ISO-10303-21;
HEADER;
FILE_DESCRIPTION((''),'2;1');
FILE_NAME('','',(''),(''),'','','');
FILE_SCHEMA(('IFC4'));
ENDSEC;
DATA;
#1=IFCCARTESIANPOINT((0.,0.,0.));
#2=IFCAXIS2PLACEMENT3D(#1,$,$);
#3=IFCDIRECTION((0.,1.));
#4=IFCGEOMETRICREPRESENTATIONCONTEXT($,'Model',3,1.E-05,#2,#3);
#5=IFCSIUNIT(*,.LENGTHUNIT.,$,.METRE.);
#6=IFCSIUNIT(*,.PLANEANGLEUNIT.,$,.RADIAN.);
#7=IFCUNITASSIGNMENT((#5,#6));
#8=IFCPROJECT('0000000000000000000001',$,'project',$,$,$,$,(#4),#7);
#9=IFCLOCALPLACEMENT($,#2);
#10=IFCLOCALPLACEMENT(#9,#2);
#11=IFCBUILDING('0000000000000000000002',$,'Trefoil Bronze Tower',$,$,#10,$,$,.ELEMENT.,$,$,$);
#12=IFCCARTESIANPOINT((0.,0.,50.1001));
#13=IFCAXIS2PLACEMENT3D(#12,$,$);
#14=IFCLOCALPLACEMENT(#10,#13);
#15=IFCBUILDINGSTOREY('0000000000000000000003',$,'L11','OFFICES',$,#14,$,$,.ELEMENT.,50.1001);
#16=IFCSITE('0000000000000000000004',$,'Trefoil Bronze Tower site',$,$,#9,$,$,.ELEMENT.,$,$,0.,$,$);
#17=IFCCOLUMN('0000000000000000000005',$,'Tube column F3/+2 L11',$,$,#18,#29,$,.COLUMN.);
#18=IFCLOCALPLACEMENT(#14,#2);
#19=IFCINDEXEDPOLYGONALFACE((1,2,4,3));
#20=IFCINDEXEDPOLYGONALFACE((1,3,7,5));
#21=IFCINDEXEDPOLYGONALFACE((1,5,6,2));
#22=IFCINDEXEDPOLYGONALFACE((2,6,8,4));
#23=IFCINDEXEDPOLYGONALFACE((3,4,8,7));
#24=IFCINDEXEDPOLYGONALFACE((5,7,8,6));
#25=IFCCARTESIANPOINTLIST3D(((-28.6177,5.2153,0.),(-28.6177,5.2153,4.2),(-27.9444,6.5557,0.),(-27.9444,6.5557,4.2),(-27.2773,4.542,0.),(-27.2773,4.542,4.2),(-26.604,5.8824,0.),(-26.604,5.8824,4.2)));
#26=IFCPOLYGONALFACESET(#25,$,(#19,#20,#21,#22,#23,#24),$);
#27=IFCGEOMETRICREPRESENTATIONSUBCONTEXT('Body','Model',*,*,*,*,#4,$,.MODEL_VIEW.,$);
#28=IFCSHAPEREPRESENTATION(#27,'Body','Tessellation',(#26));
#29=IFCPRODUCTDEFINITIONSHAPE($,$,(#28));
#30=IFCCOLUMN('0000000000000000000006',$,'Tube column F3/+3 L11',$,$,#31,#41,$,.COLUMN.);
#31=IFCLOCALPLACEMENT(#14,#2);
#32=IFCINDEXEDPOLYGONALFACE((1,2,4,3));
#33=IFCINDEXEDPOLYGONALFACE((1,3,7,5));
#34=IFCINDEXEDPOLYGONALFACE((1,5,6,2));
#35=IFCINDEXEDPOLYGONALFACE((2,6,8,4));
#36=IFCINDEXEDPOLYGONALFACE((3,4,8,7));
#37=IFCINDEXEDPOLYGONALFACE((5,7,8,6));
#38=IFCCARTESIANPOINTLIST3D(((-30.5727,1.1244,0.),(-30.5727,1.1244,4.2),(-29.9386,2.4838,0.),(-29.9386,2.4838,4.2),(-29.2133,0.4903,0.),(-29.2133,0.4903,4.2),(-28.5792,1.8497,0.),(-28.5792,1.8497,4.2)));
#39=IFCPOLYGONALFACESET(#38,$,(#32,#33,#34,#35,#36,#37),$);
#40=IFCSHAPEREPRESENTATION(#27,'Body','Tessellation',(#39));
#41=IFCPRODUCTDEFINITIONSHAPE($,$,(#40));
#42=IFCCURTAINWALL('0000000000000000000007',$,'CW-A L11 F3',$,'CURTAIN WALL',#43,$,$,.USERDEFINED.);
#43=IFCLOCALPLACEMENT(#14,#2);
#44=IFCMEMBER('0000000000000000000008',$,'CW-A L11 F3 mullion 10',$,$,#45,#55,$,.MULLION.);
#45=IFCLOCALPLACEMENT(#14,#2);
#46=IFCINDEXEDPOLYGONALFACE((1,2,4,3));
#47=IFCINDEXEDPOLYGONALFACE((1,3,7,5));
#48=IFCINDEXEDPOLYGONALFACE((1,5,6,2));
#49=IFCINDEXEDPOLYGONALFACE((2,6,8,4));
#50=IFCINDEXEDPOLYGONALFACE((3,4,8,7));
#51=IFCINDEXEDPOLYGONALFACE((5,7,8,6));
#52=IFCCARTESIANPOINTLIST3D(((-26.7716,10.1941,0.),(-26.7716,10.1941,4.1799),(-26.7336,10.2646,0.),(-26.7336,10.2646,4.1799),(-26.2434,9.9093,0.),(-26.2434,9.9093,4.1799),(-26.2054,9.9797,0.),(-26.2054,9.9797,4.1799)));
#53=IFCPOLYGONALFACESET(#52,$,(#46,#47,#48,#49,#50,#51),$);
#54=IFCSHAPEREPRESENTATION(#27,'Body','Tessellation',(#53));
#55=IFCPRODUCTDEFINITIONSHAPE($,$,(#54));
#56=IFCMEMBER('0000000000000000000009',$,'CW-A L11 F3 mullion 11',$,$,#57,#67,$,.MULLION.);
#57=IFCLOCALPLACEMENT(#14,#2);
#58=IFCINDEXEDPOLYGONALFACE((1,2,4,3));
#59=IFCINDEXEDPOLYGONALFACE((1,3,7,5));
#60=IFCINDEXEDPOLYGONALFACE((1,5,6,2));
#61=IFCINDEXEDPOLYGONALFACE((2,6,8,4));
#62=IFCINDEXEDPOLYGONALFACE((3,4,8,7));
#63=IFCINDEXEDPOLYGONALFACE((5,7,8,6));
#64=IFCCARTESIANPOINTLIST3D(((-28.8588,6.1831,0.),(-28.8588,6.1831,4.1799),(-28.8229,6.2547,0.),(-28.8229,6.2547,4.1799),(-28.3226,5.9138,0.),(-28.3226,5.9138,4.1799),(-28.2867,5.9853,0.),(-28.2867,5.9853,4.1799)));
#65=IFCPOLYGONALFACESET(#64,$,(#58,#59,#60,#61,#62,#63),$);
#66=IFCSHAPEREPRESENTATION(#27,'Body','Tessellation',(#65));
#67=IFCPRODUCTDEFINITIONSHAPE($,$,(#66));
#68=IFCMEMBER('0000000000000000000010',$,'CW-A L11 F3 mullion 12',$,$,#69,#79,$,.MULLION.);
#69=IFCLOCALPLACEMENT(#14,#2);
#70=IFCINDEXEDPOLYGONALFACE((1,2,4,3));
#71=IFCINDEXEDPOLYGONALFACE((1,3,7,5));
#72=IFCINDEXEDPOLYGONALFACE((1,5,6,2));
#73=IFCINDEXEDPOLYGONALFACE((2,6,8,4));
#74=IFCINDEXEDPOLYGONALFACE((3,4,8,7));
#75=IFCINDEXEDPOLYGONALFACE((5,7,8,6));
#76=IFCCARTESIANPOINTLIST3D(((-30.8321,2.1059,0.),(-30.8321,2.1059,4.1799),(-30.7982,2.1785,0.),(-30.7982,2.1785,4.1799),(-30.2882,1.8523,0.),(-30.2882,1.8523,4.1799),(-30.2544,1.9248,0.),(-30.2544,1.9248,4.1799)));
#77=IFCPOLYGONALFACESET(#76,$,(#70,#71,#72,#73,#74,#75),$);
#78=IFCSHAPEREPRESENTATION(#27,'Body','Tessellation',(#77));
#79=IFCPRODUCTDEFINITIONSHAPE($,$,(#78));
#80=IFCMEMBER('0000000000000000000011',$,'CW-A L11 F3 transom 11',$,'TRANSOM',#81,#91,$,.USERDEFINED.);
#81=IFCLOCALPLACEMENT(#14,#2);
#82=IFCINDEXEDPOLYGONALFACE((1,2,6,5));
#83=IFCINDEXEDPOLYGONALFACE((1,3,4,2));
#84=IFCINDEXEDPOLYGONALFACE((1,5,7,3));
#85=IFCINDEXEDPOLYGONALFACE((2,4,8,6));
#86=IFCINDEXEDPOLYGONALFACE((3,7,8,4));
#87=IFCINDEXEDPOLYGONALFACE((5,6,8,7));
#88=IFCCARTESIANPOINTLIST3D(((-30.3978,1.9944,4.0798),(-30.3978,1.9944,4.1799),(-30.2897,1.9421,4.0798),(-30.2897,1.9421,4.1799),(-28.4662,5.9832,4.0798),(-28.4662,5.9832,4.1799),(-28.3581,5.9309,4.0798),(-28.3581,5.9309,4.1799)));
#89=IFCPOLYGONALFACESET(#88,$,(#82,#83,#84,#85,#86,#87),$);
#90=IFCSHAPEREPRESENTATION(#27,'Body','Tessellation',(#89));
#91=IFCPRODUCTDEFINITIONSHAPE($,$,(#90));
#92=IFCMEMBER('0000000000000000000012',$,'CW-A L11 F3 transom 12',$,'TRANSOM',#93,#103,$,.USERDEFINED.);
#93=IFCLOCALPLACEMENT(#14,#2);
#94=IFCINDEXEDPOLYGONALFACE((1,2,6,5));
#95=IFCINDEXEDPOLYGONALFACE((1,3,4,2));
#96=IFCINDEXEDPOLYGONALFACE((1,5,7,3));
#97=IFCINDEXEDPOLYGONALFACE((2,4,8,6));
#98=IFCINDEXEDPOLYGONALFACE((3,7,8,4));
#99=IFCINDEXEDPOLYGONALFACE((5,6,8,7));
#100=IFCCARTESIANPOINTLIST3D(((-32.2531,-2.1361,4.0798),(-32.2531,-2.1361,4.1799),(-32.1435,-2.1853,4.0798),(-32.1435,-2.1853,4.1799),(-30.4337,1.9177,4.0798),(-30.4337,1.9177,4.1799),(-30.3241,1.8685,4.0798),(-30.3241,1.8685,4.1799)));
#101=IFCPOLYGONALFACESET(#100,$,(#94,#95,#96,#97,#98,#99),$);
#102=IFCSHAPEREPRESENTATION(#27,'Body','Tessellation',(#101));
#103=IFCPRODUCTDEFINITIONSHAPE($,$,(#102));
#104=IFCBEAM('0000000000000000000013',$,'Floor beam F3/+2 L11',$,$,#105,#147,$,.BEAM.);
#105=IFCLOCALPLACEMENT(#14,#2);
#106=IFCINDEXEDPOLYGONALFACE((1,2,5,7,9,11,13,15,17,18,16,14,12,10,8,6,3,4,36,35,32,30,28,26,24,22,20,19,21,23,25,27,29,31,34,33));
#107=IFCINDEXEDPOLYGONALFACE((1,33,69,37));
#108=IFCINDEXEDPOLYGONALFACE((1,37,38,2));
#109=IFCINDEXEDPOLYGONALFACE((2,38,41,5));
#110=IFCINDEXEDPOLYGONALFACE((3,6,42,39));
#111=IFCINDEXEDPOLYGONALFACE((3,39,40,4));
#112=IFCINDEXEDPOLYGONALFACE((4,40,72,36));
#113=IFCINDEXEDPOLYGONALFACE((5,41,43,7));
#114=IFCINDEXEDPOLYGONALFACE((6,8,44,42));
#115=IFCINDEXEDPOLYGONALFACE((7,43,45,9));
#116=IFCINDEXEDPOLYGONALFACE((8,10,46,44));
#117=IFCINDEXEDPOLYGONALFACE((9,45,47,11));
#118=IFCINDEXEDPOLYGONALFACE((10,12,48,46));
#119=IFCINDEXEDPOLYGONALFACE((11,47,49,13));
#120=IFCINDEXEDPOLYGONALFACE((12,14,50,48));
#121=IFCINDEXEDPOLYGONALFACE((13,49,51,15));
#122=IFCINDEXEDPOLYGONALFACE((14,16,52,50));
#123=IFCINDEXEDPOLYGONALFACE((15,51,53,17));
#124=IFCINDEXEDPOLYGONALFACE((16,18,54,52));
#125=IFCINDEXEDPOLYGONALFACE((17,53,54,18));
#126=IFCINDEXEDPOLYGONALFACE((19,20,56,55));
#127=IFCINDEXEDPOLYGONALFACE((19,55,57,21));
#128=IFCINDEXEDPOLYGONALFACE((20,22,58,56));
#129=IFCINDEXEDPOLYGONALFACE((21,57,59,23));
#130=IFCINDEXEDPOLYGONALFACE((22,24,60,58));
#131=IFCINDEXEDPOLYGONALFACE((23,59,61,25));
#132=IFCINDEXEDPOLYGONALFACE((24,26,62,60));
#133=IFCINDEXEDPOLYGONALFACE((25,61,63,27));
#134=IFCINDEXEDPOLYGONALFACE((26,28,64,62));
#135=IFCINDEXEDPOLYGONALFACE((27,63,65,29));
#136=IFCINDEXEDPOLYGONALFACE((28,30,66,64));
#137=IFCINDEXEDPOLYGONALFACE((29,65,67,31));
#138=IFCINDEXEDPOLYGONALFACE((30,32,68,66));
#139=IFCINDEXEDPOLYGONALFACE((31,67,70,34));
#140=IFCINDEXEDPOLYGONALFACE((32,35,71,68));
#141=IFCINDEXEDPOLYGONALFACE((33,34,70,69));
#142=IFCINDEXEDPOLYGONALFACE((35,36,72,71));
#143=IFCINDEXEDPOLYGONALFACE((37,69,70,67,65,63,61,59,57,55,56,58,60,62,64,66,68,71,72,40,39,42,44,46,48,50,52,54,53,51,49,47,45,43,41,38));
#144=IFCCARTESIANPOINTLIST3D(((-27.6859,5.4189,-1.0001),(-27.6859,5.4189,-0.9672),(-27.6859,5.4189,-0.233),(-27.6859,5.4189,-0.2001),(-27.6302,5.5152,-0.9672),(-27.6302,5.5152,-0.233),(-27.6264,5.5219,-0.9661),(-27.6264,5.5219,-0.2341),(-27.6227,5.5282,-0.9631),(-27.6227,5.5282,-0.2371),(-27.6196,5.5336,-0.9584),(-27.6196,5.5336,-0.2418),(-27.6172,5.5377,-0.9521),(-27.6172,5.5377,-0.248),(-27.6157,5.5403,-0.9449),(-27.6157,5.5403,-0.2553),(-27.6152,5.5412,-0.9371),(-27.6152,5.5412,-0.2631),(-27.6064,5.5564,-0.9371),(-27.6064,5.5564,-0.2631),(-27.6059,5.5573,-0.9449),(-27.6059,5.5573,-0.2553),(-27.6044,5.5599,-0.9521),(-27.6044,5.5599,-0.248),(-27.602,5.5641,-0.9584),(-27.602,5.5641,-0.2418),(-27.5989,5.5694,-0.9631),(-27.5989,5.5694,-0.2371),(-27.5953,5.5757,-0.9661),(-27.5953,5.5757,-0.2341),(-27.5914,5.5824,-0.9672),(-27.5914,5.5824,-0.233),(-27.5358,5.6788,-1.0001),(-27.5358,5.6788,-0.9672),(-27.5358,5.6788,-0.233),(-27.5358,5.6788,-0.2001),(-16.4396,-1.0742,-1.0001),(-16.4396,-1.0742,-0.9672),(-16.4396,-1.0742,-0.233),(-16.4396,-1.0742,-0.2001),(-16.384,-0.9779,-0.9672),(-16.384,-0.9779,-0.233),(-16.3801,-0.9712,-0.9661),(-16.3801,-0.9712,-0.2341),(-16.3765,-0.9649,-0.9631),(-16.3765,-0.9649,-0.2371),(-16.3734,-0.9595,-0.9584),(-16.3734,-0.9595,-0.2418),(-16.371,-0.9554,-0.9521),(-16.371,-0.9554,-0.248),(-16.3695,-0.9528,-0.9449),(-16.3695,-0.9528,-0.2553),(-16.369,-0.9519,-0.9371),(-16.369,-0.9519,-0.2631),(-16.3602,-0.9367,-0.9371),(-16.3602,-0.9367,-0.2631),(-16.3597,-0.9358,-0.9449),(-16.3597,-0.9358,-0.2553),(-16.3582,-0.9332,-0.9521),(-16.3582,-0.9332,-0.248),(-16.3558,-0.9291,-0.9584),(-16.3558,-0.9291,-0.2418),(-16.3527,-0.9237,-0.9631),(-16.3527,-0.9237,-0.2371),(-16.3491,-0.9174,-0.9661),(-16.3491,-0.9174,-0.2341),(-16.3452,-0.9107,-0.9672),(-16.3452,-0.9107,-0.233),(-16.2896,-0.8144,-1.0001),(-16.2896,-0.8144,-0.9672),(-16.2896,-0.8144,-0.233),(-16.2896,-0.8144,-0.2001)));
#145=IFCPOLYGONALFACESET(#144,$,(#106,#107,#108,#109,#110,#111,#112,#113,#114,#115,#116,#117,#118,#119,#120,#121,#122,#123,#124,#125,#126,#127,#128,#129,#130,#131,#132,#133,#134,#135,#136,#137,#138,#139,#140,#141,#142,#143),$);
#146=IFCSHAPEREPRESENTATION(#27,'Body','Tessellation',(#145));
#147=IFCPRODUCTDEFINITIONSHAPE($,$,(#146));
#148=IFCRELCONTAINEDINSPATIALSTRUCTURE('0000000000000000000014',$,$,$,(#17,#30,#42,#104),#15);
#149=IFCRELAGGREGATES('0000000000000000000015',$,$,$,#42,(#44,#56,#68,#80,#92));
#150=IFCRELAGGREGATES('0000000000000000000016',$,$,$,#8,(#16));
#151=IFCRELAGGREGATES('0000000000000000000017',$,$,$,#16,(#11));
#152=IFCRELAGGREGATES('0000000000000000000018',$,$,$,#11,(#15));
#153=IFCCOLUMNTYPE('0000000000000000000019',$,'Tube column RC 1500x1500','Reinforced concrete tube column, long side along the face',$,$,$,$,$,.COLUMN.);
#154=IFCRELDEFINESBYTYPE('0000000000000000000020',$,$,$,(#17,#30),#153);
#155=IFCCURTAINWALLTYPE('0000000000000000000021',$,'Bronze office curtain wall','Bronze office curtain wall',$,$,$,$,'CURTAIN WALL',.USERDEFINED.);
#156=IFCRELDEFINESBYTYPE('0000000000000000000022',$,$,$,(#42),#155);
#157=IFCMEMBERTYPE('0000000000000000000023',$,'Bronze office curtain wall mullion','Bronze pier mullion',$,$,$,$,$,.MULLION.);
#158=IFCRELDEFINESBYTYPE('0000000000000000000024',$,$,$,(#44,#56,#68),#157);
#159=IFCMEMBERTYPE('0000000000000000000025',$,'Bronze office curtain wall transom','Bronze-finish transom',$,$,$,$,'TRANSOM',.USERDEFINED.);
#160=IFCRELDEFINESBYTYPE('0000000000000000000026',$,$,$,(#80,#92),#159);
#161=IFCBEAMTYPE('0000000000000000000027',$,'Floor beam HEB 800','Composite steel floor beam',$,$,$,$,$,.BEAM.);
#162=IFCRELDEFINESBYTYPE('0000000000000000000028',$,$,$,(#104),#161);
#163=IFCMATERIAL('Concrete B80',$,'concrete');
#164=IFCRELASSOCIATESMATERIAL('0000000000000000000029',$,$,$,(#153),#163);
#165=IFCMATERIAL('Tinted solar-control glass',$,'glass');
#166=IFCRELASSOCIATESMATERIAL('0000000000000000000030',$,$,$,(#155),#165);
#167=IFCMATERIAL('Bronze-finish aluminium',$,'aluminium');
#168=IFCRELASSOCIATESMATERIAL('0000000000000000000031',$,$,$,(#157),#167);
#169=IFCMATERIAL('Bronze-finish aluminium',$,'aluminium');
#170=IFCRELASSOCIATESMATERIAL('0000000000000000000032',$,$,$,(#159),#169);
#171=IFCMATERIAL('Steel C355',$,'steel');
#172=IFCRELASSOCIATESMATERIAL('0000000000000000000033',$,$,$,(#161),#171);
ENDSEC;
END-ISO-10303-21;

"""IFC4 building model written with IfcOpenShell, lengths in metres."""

from ifc_helpers import new_model, si_unit, direction, frame, origin, origin_2d, place, context, subcontext, project, spatial, rectangle, i_section, extrude, material, material_profile, profile_set, type_object, element, aggregate, save


model = new_model("IFC4")

# Units and contexts
model_context = context("Model", 3, precision=1e-05, world=origin(), true_north=direction((0.0, 1.0)))
body_context = subcontext(model_context, "Body", "Model", "MODEL_VIEW")
ifc_project = project(units=[si_unit("LENGTHUNIT", "METRE"), si_unit("PLANEANGLEUNIT", "RADIAN")], contexts=[model_context])

# Site, building, storey
site_placement = place(None, origin())
site = spatial("IfcSite", under=ifc_project, at=site_placement, Name="Trefoil Bronze Tower site", CompositionType="ELEMENT", RefElevation=0.0)
building_placement = place(site_placement, origin())
building = spatial("IfcBuilding", under=site, at=building_placement, Name="Trefoil Bronze Tower", CompositionType="ELEMENT")
storey_placement = place(building_placement, frame((0.0, 0.0, 50.1001)))
storey = spatial("IfcBuildingStorey", under=building, at=storey_placement, Name="L11", Description="OFFICES", CompositionType="ELEMENT", Elevation=50.1001)

# Columns
ifc_material_1 = material(Name="Concrete B80", Category="concrete")
ifc_material_profile_1 = material_profile(ifc_material_1, rectangle(XDim=1.5, YDim=1.5, at=origin_2d()), Name="RC 1500x1500")
ifc_profile_set_1 = profile_set([ifc_material_profile_1], Name="Concrete B80")
column_type = type_object("IfcColumnType", Name="Tube column RC 1500x1500", Description="Reinforced concrete tube column, long side along the face", PredefinedType="COLUMN", material=ifc_profile_set_1)
for number, where, z_axis, x_axis, name in (
    (1, (-27.6108, 5.5488, 0.0), (0.0, 0.0, 1.0), (-0.44889, -0.893587, 0.0), "Tube column F3/+2 L11"),
    (2, (-29.5759, 1.4871, 0.0), (0.0, 0.0, 1.0), (-0.422701, -0.906269, 0.0), "Tube column F3/+3 L11"),
):
    element("IfcColumn", number, at=place(storey_placement, frame(where, z_axis=z_axis, x_axis=x_axis)), inside=storey, type_object=column_type, Name=name, PredefinedType="COLUMN", context=body_context, shape_type="SweptSolid", body=[
        extrude(rectangle(XDim=1.5, YDim=1.5, at=origin_2d()), origin(), (0.0, 0.0, 1.0), 4.2),
    ])

# Curtain wall, members
ifc_material_2 = material(Name="Tinted solar-control glass", Category="glass")
curtain_wall_type = type_object("IfcCurtainWallType", Name="Bronze office curtain wall", Description="Bronze office curtain wall", ElementType="CURTAIN WALL", PredefinedType="USERDEFINED", material=ifc_material_2)
curtain_wall_placement = place(storey_placement, origin())
curtain_wall = element("IfcCurtainWall", 3, at=curtain_wall_placement, inside=storey, type_object=curtain_wall_type, Name="CW-A L11 F3", ObjectType="CURTAIN WALL", PredefinedType="USERDEFINED")
ifc_material_3 = material(Name="Bronze-finish aluminium", Category="aluminium")
ifc_material_profile_2 = material_profile(ifc_material_3, rectangle(XDim=0.6001, YDim=0.0801, at=origin_2d()), Name="CW-A mullion")
ifc_profile_set_2 = profile_set([ifc_material_profile_2], Name="Bronze-finish aluminium")
member_type_1 = type_object("IfcMemberType", Name="Bronze office curtain wall mullion", Description="Bronze pier mullion", PredefinedType="MULLION", material=ifc_profile_set_2)
member_1_placement = place(storey_placement, frame((-26.4885, 10.0869, 0.0), z_axis=(0.0, 0.0, 1.0), x_axis=(0.880171, -0.474656, 0.0)))
member_1 = element("IfcMember", 4, at=member_1_placement, type_object=member_type_1, Name="CW-A L11 F3 mullion 10", PredefinedType="MULLION", context=body_context, shape_type="SweptSolid", body=[
    extrude(rectangle(XDim=0.6001, YDim=0.0801, at=origin_2d()), origin(), (0.0, 0.0, 1.0), 4.1799),
])
member_2_placement = place(storey_placement, frame((-28.5728, 6.0842, 0.0), z_axis=(0.0, 0.0, 1.0), x_axis=(0.893587, -0.44889, 0.0)))
member_2 = element("IfcMember", 5, at=member_2_placement, type_object=member_type_1, Name="CW-A L11 F3 mullion 11", PredefinedType="MULLION", context=body_context, shape_type="SweptSolid", body=[
    extrude(rectangle(XDim=0.6001, YDim=0.0801, at=origin_2d()), origin(), (0.0, 0.0, 1.0), 4.1799),
])
member_3_placement = place(storey_placement, frame((-30.5432, 2.0154, 0.0), z_axis=(0.0, 0.0, 1.0), x_axis=(0.906269, -0.422701, 0.0)))
member_3 = element("IfcMember", 6, at=member_3_placement, type_object=member_type_1, Name="CW-A L11 F3 mullion 12", PredefinedType="MULLION", context=body_context, shape_type="SweptSolid", body=[
    extrude(rectangle(XDim=0.6001, YDim=0.0801, at=origin_2d()), origin(), (0.0, 0.0, 1.0), 4.1799),
])
ifc_material_4 = material(Name="Bronze-finish aluminium", Category="aluminium")
ifc_material_profile_3 = material_profile(ifc_material_4, rectangle(XDim=0.1201, YDim=0.1001, at=origin_2d()), Name="CW-A transom")
ifc_profile_set_3 = profile_set([ifc_material_profile_3], Name="Bronze-finish aluminium")
member_type_2 = type_object("IfcMemberType", Name="Bronze office curtain wall transom", Description="Bronze-finish transom", ElementType="TRANSOM", PredefinedType="USERDEFINED", material=ifc_profile_set_3)
member_4_placement = place(storey_placement, frame((-28.4121, 5.957, 4.1299), z_axis=(-0.435852, -0.900018, 0.0), x_axis=(0.900018, -0.435852, 0.0)))
member_4 = element("IfcMember", 7, at=member_4_placement, type_object=member_type_2, Name="CW-A L11 F3 transom 11", ObjectType="TRANSOM", PredefinedType="USERDEFINED", context=body_context, shape_type="SweptSolid", body=[
    extrude(rectangle(XDim=0.1201, YDim=0.1001, at=origin_2d()), origin(), (0.0, 0.0, 1.0), 4.4319),
])
member_5_placement = place(storey_placement, frame((-30.3789, 1.8931, 4.1299), z_axis=(-0.40946, -0.912328, 0.0), x_axis=(0.912328, -0.40946, 0.0)))
member_5 = element("IfcMember", 8, at=member_5_placement, type_object=member_type_2, Name="CW-A L11 F3 transom 12", ObjectType="TRANSOM", PredefinedType="USERDEFINED", context=body_context, shape_type="SweptSolid", body=[
    extrude(rectangle(XDim=0.1201, YDim=0.1001, at=origin_2d()), origin(), (0.0, 0.0, 1.0), 4.4434),
])

# Beam
ifc_material_5 = material(Name="Steel C355", Category="steel")
ifc_material_profile_4 = material_profile(ifc_material_5, i_section(OverallWidth=0.3, OverallDepth=0.8, WebThickness=0.0176, FlangeThickness=0.033, FilletRadius=0.03, at=origin_2d()), Name="HEB 800")
ifc_profile_set_4 = profile_set([ifc_material_profile_4], Name="Steel C355")
beam_type_1 = type_object("IfcBeamType", Name="Floor beam HEB 800", Description="Composite steel floor beam", PredefinedType="BEAM", material=ifc_profile_set_4)
beam_1_placement = place(storey_placement, frame((-27.6108, 5.5488, -0.6001), z_axis=(0.866022, -0.500005, 0.0), x_axis=(0.500005, 0.866022, 0.0)))
element("IfcBeam", 9, at=beam_1_placement, inside=storey, type_object=beam_type_1, Name="Floor beam F3/+2 L11", PredefinedType="BEAM", context=body_context, shape_type="SweptSolid", body=[
    extrude(i_section(OverallWidth=0.3, OverallDepth=0.8, WebThickness=0.0176, FlangeThickness=0.033, FilletRadius=0.03, at=origin_2d()), origin(), (0.0, 0.0, 1.0), 12.9861),
])

aggregate(curtain_wall, [member_1, member_2, member_3, member_4, member_5])

save(model, "model.ifc")
